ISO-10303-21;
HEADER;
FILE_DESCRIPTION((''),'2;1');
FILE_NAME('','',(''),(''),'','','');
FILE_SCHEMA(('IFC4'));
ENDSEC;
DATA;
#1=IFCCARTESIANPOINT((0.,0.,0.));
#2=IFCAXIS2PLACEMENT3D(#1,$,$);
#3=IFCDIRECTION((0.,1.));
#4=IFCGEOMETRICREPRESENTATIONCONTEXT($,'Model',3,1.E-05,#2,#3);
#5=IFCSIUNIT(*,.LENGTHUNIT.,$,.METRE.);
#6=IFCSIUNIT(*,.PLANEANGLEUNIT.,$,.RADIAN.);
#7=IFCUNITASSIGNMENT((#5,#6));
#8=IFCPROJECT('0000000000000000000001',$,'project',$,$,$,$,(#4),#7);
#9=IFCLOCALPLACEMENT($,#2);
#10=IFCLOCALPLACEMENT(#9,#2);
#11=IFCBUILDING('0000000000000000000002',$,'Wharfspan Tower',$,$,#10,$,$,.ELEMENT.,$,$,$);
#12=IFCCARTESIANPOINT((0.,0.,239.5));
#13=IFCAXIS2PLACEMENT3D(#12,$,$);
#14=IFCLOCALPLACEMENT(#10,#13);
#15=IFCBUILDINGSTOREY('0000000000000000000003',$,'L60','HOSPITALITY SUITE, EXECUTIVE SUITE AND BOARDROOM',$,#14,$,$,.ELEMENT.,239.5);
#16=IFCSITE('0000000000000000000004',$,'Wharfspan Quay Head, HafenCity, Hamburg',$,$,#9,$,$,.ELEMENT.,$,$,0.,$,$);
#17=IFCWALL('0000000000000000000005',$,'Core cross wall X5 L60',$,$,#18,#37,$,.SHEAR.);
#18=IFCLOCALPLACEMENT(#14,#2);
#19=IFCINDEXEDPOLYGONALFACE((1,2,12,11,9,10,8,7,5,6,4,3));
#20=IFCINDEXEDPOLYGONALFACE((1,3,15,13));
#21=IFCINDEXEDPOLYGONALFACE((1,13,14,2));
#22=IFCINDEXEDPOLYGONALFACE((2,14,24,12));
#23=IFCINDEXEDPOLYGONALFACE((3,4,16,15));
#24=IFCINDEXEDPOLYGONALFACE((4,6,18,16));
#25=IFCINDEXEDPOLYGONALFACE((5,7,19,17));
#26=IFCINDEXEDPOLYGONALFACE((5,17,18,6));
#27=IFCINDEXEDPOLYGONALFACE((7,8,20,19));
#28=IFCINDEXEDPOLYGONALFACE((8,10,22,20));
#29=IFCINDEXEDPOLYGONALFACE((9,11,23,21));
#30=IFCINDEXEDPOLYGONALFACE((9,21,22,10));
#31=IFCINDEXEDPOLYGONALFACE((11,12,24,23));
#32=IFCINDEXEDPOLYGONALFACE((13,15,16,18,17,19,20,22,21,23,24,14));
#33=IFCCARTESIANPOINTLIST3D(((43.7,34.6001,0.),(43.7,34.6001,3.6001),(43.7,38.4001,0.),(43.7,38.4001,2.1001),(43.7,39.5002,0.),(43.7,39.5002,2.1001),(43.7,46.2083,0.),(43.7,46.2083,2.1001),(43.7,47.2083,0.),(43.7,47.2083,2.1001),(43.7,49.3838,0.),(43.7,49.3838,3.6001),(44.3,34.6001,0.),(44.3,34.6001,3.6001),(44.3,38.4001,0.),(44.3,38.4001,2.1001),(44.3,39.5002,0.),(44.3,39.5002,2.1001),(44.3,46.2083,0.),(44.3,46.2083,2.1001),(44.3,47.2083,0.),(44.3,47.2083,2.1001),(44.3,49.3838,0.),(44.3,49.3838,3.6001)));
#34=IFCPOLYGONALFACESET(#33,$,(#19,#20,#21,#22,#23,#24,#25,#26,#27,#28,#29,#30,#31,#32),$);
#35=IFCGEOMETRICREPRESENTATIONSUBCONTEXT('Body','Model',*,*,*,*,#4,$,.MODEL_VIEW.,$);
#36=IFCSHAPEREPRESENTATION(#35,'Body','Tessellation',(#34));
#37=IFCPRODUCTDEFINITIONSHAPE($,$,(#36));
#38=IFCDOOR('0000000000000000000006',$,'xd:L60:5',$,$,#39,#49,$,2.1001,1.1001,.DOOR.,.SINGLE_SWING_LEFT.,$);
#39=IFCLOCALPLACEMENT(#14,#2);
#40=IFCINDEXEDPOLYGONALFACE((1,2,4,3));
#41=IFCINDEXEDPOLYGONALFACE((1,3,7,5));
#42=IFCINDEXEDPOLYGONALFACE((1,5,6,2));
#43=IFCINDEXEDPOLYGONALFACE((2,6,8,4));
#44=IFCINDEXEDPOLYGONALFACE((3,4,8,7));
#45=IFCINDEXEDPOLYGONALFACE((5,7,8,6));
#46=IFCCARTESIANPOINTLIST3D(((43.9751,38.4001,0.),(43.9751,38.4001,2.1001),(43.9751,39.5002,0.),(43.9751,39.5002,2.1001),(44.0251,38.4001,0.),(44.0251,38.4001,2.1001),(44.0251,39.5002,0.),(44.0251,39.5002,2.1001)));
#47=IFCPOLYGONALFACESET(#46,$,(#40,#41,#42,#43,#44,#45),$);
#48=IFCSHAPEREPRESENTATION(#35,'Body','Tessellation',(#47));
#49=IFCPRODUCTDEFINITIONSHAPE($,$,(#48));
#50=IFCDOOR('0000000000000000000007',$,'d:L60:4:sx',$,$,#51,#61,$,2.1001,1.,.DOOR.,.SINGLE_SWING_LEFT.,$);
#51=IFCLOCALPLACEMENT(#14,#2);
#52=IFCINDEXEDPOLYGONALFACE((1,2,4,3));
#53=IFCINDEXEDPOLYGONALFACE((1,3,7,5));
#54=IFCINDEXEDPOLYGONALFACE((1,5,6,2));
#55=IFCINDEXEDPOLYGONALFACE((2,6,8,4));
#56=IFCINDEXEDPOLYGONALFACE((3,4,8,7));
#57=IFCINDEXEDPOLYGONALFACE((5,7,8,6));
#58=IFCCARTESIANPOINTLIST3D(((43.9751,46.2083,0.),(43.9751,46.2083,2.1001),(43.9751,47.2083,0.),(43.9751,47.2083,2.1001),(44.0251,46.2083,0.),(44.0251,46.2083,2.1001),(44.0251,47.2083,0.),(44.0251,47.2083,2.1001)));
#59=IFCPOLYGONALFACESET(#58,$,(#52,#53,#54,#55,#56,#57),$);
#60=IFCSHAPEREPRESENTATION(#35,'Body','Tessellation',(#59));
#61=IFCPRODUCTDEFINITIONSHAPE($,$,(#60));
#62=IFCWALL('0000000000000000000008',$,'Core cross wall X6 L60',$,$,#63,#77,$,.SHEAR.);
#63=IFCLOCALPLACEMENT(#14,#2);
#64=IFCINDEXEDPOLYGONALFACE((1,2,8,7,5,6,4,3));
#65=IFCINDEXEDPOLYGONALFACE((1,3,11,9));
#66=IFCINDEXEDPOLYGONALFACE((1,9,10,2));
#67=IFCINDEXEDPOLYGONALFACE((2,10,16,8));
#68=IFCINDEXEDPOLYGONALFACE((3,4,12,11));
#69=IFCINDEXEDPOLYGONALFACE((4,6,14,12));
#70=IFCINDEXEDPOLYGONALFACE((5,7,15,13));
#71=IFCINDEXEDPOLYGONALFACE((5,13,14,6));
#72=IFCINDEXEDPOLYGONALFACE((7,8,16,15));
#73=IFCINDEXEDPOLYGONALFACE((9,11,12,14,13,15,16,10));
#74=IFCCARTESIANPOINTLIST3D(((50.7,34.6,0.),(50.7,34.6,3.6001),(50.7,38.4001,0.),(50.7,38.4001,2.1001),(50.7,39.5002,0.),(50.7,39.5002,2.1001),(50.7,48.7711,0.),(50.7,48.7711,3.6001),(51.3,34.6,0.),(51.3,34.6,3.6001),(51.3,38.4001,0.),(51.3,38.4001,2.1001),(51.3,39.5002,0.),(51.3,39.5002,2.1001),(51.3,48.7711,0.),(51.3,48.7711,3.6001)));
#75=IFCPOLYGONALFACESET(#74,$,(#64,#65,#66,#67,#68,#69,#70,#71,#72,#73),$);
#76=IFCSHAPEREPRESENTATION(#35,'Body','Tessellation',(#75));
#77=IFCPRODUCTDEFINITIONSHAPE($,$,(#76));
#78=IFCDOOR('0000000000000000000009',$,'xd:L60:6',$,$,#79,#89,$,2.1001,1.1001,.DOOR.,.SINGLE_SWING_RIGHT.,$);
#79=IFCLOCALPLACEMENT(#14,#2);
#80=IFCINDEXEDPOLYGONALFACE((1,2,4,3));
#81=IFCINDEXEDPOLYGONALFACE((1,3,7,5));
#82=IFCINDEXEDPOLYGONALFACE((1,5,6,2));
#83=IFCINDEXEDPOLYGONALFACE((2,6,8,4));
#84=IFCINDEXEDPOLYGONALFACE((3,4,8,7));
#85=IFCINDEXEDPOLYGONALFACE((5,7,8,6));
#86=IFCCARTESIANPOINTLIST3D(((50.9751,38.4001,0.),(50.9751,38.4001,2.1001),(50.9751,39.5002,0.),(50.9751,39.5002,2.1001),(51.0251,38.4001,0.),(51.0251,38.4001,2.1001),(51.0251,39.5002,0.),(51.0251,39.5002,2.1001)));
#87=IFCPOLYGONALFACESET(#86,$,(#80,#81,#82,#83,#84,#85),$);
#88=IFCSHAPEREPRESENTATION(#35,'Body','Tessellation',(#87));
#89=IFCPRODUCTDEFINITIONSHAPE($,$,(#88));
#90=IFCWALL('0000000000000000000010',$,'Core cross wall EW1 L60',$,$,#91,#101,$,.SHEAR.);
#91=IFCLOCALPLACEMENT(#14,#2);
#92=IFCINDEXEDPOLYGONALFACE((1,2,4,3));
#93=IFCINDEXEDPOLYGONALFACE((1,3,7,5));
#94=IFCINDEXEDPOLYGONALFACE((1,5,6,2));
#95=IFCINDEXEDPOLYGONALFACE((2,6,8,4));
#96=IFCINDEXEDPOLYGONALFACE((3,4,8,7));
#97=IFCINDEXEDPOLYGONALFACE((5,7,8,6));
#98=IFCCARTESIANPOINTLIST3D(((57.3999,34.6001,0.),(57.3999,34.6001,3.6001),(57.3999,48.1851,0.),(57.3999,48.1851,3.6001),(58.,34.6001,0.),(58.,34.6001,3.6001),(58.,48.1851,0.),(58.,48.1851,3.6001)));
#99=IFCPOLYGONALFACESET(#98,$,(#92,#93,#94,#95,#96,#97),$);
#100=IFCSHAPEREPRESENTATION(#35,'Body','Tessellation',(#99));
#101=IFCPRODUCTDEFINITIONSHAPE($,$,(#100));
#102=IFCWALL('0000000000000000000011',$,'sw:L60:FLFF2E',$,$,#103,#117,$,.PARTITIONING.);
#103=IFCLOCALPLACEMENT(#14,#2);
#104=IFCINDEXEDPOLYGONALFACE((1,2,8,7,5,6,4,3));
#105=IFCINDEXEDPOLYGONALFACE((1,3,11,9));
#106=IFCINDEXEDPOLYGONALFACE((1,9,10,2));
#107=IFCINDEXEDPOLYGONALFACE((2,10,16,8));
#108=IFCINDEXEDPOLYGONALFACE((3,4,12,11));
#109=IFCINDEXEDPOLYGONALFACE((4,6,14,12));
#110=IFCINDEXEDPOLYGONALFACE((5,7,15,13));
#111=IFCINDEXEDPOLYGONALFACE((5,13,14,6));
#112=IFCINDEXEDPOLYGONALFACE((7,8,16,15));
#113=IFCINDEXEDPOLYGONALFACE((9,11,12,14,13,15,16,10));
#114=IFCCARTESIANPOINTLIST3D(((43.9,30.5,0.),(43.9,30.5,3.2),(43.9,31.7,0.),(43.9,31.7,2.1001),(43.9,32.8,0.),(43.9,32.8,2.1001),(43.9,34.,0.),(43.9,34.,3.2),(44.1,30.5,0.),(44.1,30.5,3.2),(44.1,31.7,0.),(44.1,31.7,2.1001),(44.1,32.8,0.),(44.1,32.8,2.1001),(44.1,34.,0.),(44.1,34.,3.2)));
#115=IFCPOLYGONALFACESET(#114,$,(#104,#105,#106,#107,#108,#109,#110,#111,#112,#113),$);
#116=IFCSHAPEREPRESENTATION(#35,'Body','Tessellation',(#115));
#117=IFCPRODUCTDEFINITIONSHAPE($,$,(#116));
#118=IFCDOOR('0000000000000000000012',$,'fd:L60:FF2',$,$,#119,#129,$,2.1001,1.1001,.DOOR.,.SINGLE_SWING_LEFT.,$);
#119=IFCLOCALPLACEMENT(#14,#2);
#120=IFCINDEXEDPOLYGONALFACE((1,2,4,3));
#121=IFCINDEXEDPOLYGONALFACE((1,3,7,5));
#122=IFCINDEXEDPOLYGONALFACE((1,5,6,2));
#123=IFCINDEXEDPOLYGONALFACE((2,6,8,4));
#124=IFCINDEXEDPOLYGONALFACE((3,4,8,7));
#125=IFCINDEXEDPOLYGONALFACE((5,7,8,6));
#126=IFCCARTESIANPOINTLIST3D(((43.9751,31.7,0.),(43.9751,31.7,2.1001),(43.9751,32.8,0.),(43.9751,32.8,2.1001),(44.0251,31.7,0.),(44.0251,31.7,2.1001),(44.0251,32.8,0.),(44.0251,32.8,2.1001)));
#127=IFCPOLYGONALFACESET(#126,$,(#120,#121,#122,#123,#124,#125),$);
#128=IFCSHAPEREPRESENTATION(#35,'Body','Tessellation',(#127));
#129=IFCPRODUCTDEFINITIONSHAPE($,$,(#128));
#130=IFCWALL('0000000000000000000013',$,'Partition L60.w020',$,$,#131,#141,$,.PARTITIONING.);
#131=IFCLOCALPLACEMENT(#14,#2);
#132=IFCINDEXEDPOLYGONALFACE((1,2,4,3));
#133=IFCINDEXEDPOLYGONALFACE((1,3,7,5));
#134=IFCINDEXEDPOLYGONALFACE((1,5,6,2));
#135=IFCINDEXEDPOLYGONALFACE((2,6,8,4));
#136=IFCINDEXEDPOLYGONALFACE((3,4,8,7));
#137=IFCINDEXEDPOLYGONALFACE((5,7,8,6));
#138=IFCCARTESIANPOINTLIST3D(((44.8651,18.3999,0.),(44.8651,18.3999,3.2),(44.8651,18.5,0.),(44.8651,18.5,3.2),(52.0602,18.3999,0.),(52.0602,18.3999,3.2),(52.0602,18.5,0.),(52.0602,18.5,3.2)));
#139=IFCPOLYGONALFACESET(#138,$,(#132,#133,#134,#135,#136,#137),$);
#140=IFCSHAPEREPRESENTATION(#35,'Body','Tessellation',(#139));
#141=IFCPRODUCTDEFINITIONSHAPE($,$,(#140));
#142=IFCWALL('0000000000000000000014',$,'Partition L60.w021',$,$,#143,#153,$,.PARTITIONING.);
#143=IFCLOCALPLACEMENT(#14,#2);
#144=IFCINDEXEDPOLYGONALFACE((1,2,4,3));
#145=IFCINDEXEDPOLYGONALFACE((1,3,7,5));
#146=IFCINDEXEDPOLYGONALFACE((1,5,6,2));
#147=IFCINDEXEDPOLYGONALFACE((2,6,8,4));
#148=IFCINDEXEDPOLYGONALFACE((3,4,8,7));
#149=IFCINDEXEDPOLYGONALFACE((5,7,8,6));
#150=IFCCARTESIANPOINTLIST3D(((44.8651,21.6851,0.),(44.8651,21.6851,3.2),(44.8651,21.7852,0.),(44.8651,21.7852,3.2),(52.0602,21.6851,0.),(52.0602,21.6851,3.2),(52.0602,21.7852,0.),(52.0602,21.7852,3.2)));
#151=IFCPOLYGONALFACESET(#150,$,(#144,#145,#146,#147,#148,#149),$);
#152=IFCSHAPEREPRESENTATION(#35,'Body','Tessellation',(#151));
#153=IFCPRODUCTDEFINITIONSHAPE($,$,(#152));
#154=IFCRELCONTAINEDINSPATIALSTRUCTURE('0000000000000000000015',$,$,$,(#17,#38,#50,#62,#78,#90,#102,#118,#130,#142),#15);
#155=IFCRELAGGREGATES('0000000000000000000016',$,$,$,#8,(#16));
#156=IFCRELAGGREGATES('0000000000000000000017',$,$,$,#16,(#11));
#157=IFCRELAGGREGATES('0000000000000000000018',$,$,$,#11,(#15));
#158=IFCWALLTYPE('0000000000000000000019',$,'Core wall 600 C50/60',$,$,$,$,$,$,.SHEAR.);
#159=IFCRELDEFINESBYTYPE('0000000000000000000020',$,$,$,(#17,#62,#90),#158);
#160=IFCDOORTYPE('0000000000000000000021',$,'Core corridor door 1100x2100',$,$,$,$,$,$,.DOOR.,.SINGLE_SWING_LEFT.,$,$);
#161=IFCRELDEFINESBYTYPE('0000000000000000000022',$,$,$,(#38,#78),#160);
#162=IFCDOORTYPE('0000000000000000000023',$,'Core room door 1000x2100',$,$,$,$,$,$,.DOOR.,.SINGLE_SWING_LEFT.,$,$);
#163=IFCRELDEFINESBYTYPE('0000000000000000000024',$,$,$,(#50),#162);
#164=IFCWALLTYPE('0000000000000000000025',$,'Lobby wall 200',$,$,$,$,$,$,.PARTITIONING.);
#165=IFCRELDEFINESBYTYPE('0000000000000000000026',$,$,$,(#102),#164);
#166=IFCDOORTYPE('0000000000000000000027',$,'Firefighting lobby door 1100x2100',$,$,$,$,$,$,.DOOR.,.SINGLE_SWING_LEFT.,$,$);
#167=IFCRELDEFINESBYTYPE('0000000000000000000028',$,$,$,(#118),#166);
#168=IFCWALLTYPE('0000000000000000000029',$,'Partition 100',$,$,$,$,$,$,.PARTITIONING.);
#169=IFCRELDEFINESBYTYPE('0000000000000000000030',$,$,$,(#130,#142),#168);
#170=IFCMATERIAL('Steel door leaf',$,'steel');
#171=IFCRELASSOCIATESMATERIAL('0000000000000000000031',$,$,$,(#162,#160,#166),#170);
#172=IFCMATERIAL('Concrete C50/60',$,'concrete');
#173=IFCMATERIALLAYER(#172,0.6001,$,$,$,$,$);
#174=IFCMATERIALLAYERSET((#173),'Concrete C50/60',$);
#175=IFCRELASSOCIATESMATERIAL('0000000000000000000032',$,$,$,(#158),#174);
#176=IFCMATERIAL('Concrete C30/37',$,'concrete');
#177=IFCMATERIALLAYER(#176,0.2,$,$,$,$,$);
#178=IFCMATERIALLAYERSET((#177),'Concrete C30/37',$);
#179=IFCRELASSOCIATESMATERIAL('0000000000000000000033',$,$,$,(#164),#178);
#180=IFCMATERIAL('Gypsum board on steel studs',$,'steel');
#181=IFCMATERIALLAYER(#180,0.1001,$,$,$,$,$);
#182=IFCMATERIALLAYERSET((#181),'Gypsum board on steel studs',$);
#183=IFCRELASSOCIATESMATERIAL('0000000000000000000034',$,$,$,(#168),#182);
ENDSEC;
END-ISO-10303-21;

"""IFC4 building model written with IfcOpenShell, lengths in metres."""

from ifc_helpers import new_model, si_unit, direction, frame, frame_2d, origin, place, context, subcontext, project, spatial, rectangle, extrude, material, layer, layer_set, type_object, element, fill, save


model = new_model("IFC4")

# Units and contexts
model_context = context("Model", 3, precision=1e-05, world=origin(), true_north=direction((0.0, 1.0)))
body_context = subcontext(model_context, "Body", "Model", "MODEL_VIEW")
ifc_project = project(units=[si_unit("LENGTHUNIT", "METRE"), si_unit("PLANEANGLEUNIT", "RADIAN")], contexts=[model_context])

# Site, building, storey
site_placement = place(None, origin())
site = spatial("IfcSite", under=ifc_project, at=site_placement, Name="Wharfspan Quay Head, HafenCity, Hamburg", CompositionType="ELEMENT", RefElevation=0.0)
building_placement = place(site_placement, origin())
building = spatial("IfcBuilding", under=site, at=building_placement, Name="Wharfspan Tower", CompositionType="ELEMENT")
storey_placement = place(building_placement, frame((0.0, 0.0, 239.5)))
storey = spatial("IfcBuildingStorey", under=building, at=storey_placement, Name="L60", Description="HOSPITALITY SUITE, EXECUTIVE SUITE AND BOARDROOM", CompositionType="ELEMENT", Elevation=239.5)

# Shared definitions
ifc_material_1 = material(Name="Gypsum board on steel studs", Category="steel")

# Shared definitions
ifc_material_2 = material(Name="Steel door leaf", Category="steel")
door_type_1 = type_object("IfcDoorType", Name="Core room door 1000x2100", OperationType="SINGLE_SWING_LEFT", PredefinedType="DOOR", material=ifc_material_2)

# Wall, openings, doors
ifc_material_3 = material(Name="Concrete C50/60", Category="concrete")
ifc_layer_1 = layer(ifc_material_3, 0.6001)
ifc_layer_set_1 = layer_set([ifc_layer_1], Name="Concrete C50/60")
wall_type_1 = type_object("IfcWallType", Name="Core wall 600 C50/60", PredefinedType="SHEAR", material=ifc_layer_set_1)
wall_1_placement = place(storey_placement, frame((44.0, 34.6001, 0.0), z_axis=(0.0, 0.0, 1.0), x_axis=(0.0, 1.0, 0.0)))
wall_1 = element("IfcWall", 1, at=wall_1_placement, inside=storey, type_object=wall_type_1, Name="Core cross wall X5 L60", PredefinedType="SHEAR", context=body_context, shape_type="SweptSolid", body=[
    extrude(rectangle(XDim=14.7837, YDim=0.6001, at=frame_2d((7.3918, 0.0))), origin(), (0.0, 0.0, 1.0), 3.6001),
])
opening_1_placement = place(wall_1_placement, frame((11.6082, 0.0, 0.0)))
opening_1 = element("IfcOpeningElement", 2, at=opening_1_placement, cuts=wall_1, PredefinedType="OPENING", context=body_context, shape_type="SweptSolid", body=[
    extrude(rectangle(XDim=1.0, YDim=2.1001, at=frame_2d((0.5, 1.05))), frame((0.0, 0.3101, 0.0), z_axis=(0.0, -1.0, 0.0), x_axis=(1.0, 0.0, 0.0)), (0.0, 0.0, 1.0), 0.6201),
])
opening_2_placement = place(wall_1_placement, frame((3.8, 0.0, 0.0)))
opening_2 = element("IfcOpeningElement", 3, at=opening_2_placement, cuts=wall_1, PredefinedType="OPENING", context=body_context, shape_type="SweptSolid", body=[
    extrude(rectangle(XDim=1.1001, YDim=2.1001, at=frame_2d((0.55, 1.05))), frame((0.0, 0.3101, 0.0), z_axis=(0.0, -1.0, 0.0), x_axis=(1.0, 0.0, 0.0)), (0.0, 0.0, 1.0), 0.6201),
])
door_type_2 = type_object("IfcDoorType", Name="Core corridor door 1100x2100", OperationType="SINGLE_SWING_LEFT", PredefinedType="DOOR", material=ifc_material_2)
door_1_placement = place(opening_2_placement, origin())
door_1 = element("IfcDoor", 4, at=door_1_placement, inside=storey, type_object=door_type_2, Name="xd:L60:5", OperationType="SINGLE_SWING_LEFT", OverallHeight=2.1001, OverallWidth=1.1001, PredefinedType="DOOR", context=body_context, shape_type="SweptSolid", body=[
    extrude(rectangle(XDim=1.1001, YDim=2.1001, at=frame_2d((0.55, 1.05))), frame((0.0, 0.0249, 0.0), z_axis=(0.0, -1.0, 0.0), x_axis=(1.0, 0.0, 0.0)), (0.0, 0.0, 1.0), 0.05),
])
fill(opening_2, door_1)
door_2_placement = place(opening_1_placement, origin())
door_2 = element("IfcDoor", 5, at=door_2_placement, inside=storey, type_object=door_type_1, Name="d:L60:4:sx", OperationType="SINGLE_SWING_LEFT", OverallHeight=2.1001, OverallWidth=1.0, PredefinedType="DOOR", context=body_context, shape_type="SweptSolid", body=[
    extrude(rectangle(XDim=1.0, YDim=2.1001, at=frame_2d((0.5, 1.05))), frame((0.0, 0.0249, 0.0), z_axis=(0.0, -1.0, 0.0), x_axis=(1.0, 0.0, 0.0)), (0.0, 0.0, 1.0), 0.05),
])
fill(opening_1, door_2)

# Wall, opening, door
wall_2_placement = place(storey_placement, frame((51.0, 34.6001, 0.0), z_axis=(0.0, 0.0, 1.0), x_axis=(0.0, 1.0, 0.0)))
wall_2 = element("IfcWall", 6, at=wall_2_placement, inside=storey, type_object=wall_type_1, Name="Core cross wall X6 L60", PredefinedType="SHEAR", context=body_context, shape_type="SweptSolid", body=[
    extrude(rectangle(XDim=14.1711, YDim=0.6001, at=frame_2d((7.0854, 0.0))), origin(), (0.0, 0.0, 1.0), 3.6001),
])
opening_3_placement = place(wall_2_placement, frame((3.8, 0.0, 0.0)))
opening_3 = element("IfcOpeningElement", 7, at=opening_3_placement, cuts=wall_2, PredefinedType="OPENING", context=body_context, shape_type="SweptSolid", body=[
    extrude(rectangle(XDim=1.1001, YDim=2.1001, at=frame_2d((0.55, 1.05))), frame((0.0, 0.3101, 0.0), z_axis=(0.0, -1.0, 0.0), x_axis=(1.0, 0.0, 0.0)), (0.0, 0.0, 1.0), 0.6201),
])
door_3_placement = place(opening_3_placement, origin())
door_3 = element("IfcDoor", 8, at=door_3_placement, inside=storey, type_object=door_type_2, Name="xd:L60:6", OperationType="SINGLE_SWING_RIGHT", OverallHeight=2.1001, OverallWidth=1.1001, PredefinedType="DOOR", context=body_context, shape_type="SweptSolid", body=[
    extrude(rectangle(XDim=1.1001, YDim=2.1001, at=frame_2d((0.55, 1.05))), frame((0.0, 0.0249, 0.0), z_axis=(0.0, -1.0, 0.0), x_axis=(1.0, 0.0, 0.0)), (0.0, 0.0, 1.0), 0.05),
])
fill(opening_3, door_3)

# Wall
wall_3_placement = place(storey_placement, frame((57.7, 34.6001, 0.0), z_axis=(0.0, 0.0, 1.0), x_axis=(0.0, 1.0, 0.0)))
element("IfcWall", 9, at=wall_3_placement, inside=storey, type_object=wall_type_1, Name="Core cross wall EW1 L60", PredefinedType="SHEAR", context=body_context, shape_type="SweptSolid", body=[
    extrude(rectangle(XDim=13.585, YDim=0.6001, at=frame_2d((6.7925, 0.0))), origin(), (0.0, 0.0, 1.0), 3.6001),
])

# Wall, opening, door
ifc_material_4 = material(Name="Concrete C30/37", Category="concrete")
ifc_layer_2 = layer(ifc_material_4, 0.2)
ifc_layer_set_2 = layer_set([ifc_layer_2], Name="Concrete C30/37")
wall_type_2 = type_object("IfcWallType", Name="Lobby wall 200", PredefinedType="PARTITIONING", material=ifc_layer_set_2)
wall_4_placement = place(storey_placement, frame((44.0, 30.5, 0.0), z_axis=(0.0, 0.0, 1.0), x_axis=(0.0, 1.0, 0.0)))
wall_4 = element("IfcWall", 10, at=wall_4_placement, inside=storey, type_object=wall_type_2, Name="sw:L60:FLFF2E", PredefinedType="PARTITIONING", context=body_context, shape_type="SweptSolid", body=[
    extrude(rectangle(XDim=3.5, YDim=0.2, at=frame_2d((1.75, 0.0))), origin(), (0.0, 0.0, 1.0), 3.2),
])
opening_4_placement = place(wall_4_placement, frame((1.2, 0.0, 0.0)))
opening_4 = element("IfcOpeningElement", 11, at=opening_4_placement, cuts=wall_4, PredefinedType="OPENING", context=body_context, shape_type="SweptSolid", body=[
    extrude(rectangle(XDim=1.1001, YDim=2.1001, at=frame_2d((0.55, 1.05))), frame((0.0, 0.1099, 0.0), z_axis=(0.0, -1.0, 0.0), x_axis=(1.0, 0.0, 0.0)), (0.0, 0.0, 1.0), 0.22),
])
door_type_3 = type_object("IfcDoorType", Name="Firefighting lobby door 1100x2100", OperationType="SINGLE_SWING_LEFT", PredefinedType="DOOR", material=ifc_material_2)
door_4_placement = place(opening_4_placement, origin())
door_4 = element("IfcDoor", 12, at=door_4_placement, inside=storey, type_object=door_type_3, Name="fd:L60:FF2", OperationType="SINGLE_SWING_LEFT", OverallHeight=2.1001, OverallWidth=1.1001, PredefinedType="DOOR", context=body_context, shape_type="SweptSolid", body=[
    extrude(rectangle(XDim=1.1001, YDim=2.1001, at=frame_2d((0.55, 1.05))), frame((0.0, 0.0249, 0.0), z_axis=(0.0, -1.0, 0.0), x_axis=(1.0, 0.0, 0.0)), (0.0, 0.0, 1.0), 0.05),
])
fill(opening_4, door_4)

# Walls
ifc_layer_3 = layer(ifc_material_1, 0.1001)
ifc_layer_set_3 = layer_set([ifc_layer_3], Name="Gypsum board on steel studs")
wall_type_3 = type_object("IfcWallType", Name="Partition 100", PredefinedType="PARTITIONING", material=ifc_layer_set_3)
for number, where, z_axis, x_axis, name in (
    (13, (44.865, 18.45, 0.0), (0.0, 0.0, 1.0), (1.0, 0.0, 0.0), "Partition L60.w020"),
    (14, (44.865, 21.7351, 0.0), (0.0, 0.0, 1.0), (1.0, 0.0, 0.0), "Partition L60.w021"),
):
    element("IfcWall", number, at=place(storey_placement, frame(where, z_axis=z_axis, x_axis=x_axis)), inside=storey, type_object=wall_type_3, Name=name, PredefinedType="PARTITIONING", context=body_context, shape_type="SweptSolid", body=[
        extrude(rectangle(XDim=7.1951, YDim=0.1001, at=frame_2d((3.5977, 0.0))), origin(), (0.0, 0.0, 1.0), 3.2),
    ])

save(model, "model.ifc")
